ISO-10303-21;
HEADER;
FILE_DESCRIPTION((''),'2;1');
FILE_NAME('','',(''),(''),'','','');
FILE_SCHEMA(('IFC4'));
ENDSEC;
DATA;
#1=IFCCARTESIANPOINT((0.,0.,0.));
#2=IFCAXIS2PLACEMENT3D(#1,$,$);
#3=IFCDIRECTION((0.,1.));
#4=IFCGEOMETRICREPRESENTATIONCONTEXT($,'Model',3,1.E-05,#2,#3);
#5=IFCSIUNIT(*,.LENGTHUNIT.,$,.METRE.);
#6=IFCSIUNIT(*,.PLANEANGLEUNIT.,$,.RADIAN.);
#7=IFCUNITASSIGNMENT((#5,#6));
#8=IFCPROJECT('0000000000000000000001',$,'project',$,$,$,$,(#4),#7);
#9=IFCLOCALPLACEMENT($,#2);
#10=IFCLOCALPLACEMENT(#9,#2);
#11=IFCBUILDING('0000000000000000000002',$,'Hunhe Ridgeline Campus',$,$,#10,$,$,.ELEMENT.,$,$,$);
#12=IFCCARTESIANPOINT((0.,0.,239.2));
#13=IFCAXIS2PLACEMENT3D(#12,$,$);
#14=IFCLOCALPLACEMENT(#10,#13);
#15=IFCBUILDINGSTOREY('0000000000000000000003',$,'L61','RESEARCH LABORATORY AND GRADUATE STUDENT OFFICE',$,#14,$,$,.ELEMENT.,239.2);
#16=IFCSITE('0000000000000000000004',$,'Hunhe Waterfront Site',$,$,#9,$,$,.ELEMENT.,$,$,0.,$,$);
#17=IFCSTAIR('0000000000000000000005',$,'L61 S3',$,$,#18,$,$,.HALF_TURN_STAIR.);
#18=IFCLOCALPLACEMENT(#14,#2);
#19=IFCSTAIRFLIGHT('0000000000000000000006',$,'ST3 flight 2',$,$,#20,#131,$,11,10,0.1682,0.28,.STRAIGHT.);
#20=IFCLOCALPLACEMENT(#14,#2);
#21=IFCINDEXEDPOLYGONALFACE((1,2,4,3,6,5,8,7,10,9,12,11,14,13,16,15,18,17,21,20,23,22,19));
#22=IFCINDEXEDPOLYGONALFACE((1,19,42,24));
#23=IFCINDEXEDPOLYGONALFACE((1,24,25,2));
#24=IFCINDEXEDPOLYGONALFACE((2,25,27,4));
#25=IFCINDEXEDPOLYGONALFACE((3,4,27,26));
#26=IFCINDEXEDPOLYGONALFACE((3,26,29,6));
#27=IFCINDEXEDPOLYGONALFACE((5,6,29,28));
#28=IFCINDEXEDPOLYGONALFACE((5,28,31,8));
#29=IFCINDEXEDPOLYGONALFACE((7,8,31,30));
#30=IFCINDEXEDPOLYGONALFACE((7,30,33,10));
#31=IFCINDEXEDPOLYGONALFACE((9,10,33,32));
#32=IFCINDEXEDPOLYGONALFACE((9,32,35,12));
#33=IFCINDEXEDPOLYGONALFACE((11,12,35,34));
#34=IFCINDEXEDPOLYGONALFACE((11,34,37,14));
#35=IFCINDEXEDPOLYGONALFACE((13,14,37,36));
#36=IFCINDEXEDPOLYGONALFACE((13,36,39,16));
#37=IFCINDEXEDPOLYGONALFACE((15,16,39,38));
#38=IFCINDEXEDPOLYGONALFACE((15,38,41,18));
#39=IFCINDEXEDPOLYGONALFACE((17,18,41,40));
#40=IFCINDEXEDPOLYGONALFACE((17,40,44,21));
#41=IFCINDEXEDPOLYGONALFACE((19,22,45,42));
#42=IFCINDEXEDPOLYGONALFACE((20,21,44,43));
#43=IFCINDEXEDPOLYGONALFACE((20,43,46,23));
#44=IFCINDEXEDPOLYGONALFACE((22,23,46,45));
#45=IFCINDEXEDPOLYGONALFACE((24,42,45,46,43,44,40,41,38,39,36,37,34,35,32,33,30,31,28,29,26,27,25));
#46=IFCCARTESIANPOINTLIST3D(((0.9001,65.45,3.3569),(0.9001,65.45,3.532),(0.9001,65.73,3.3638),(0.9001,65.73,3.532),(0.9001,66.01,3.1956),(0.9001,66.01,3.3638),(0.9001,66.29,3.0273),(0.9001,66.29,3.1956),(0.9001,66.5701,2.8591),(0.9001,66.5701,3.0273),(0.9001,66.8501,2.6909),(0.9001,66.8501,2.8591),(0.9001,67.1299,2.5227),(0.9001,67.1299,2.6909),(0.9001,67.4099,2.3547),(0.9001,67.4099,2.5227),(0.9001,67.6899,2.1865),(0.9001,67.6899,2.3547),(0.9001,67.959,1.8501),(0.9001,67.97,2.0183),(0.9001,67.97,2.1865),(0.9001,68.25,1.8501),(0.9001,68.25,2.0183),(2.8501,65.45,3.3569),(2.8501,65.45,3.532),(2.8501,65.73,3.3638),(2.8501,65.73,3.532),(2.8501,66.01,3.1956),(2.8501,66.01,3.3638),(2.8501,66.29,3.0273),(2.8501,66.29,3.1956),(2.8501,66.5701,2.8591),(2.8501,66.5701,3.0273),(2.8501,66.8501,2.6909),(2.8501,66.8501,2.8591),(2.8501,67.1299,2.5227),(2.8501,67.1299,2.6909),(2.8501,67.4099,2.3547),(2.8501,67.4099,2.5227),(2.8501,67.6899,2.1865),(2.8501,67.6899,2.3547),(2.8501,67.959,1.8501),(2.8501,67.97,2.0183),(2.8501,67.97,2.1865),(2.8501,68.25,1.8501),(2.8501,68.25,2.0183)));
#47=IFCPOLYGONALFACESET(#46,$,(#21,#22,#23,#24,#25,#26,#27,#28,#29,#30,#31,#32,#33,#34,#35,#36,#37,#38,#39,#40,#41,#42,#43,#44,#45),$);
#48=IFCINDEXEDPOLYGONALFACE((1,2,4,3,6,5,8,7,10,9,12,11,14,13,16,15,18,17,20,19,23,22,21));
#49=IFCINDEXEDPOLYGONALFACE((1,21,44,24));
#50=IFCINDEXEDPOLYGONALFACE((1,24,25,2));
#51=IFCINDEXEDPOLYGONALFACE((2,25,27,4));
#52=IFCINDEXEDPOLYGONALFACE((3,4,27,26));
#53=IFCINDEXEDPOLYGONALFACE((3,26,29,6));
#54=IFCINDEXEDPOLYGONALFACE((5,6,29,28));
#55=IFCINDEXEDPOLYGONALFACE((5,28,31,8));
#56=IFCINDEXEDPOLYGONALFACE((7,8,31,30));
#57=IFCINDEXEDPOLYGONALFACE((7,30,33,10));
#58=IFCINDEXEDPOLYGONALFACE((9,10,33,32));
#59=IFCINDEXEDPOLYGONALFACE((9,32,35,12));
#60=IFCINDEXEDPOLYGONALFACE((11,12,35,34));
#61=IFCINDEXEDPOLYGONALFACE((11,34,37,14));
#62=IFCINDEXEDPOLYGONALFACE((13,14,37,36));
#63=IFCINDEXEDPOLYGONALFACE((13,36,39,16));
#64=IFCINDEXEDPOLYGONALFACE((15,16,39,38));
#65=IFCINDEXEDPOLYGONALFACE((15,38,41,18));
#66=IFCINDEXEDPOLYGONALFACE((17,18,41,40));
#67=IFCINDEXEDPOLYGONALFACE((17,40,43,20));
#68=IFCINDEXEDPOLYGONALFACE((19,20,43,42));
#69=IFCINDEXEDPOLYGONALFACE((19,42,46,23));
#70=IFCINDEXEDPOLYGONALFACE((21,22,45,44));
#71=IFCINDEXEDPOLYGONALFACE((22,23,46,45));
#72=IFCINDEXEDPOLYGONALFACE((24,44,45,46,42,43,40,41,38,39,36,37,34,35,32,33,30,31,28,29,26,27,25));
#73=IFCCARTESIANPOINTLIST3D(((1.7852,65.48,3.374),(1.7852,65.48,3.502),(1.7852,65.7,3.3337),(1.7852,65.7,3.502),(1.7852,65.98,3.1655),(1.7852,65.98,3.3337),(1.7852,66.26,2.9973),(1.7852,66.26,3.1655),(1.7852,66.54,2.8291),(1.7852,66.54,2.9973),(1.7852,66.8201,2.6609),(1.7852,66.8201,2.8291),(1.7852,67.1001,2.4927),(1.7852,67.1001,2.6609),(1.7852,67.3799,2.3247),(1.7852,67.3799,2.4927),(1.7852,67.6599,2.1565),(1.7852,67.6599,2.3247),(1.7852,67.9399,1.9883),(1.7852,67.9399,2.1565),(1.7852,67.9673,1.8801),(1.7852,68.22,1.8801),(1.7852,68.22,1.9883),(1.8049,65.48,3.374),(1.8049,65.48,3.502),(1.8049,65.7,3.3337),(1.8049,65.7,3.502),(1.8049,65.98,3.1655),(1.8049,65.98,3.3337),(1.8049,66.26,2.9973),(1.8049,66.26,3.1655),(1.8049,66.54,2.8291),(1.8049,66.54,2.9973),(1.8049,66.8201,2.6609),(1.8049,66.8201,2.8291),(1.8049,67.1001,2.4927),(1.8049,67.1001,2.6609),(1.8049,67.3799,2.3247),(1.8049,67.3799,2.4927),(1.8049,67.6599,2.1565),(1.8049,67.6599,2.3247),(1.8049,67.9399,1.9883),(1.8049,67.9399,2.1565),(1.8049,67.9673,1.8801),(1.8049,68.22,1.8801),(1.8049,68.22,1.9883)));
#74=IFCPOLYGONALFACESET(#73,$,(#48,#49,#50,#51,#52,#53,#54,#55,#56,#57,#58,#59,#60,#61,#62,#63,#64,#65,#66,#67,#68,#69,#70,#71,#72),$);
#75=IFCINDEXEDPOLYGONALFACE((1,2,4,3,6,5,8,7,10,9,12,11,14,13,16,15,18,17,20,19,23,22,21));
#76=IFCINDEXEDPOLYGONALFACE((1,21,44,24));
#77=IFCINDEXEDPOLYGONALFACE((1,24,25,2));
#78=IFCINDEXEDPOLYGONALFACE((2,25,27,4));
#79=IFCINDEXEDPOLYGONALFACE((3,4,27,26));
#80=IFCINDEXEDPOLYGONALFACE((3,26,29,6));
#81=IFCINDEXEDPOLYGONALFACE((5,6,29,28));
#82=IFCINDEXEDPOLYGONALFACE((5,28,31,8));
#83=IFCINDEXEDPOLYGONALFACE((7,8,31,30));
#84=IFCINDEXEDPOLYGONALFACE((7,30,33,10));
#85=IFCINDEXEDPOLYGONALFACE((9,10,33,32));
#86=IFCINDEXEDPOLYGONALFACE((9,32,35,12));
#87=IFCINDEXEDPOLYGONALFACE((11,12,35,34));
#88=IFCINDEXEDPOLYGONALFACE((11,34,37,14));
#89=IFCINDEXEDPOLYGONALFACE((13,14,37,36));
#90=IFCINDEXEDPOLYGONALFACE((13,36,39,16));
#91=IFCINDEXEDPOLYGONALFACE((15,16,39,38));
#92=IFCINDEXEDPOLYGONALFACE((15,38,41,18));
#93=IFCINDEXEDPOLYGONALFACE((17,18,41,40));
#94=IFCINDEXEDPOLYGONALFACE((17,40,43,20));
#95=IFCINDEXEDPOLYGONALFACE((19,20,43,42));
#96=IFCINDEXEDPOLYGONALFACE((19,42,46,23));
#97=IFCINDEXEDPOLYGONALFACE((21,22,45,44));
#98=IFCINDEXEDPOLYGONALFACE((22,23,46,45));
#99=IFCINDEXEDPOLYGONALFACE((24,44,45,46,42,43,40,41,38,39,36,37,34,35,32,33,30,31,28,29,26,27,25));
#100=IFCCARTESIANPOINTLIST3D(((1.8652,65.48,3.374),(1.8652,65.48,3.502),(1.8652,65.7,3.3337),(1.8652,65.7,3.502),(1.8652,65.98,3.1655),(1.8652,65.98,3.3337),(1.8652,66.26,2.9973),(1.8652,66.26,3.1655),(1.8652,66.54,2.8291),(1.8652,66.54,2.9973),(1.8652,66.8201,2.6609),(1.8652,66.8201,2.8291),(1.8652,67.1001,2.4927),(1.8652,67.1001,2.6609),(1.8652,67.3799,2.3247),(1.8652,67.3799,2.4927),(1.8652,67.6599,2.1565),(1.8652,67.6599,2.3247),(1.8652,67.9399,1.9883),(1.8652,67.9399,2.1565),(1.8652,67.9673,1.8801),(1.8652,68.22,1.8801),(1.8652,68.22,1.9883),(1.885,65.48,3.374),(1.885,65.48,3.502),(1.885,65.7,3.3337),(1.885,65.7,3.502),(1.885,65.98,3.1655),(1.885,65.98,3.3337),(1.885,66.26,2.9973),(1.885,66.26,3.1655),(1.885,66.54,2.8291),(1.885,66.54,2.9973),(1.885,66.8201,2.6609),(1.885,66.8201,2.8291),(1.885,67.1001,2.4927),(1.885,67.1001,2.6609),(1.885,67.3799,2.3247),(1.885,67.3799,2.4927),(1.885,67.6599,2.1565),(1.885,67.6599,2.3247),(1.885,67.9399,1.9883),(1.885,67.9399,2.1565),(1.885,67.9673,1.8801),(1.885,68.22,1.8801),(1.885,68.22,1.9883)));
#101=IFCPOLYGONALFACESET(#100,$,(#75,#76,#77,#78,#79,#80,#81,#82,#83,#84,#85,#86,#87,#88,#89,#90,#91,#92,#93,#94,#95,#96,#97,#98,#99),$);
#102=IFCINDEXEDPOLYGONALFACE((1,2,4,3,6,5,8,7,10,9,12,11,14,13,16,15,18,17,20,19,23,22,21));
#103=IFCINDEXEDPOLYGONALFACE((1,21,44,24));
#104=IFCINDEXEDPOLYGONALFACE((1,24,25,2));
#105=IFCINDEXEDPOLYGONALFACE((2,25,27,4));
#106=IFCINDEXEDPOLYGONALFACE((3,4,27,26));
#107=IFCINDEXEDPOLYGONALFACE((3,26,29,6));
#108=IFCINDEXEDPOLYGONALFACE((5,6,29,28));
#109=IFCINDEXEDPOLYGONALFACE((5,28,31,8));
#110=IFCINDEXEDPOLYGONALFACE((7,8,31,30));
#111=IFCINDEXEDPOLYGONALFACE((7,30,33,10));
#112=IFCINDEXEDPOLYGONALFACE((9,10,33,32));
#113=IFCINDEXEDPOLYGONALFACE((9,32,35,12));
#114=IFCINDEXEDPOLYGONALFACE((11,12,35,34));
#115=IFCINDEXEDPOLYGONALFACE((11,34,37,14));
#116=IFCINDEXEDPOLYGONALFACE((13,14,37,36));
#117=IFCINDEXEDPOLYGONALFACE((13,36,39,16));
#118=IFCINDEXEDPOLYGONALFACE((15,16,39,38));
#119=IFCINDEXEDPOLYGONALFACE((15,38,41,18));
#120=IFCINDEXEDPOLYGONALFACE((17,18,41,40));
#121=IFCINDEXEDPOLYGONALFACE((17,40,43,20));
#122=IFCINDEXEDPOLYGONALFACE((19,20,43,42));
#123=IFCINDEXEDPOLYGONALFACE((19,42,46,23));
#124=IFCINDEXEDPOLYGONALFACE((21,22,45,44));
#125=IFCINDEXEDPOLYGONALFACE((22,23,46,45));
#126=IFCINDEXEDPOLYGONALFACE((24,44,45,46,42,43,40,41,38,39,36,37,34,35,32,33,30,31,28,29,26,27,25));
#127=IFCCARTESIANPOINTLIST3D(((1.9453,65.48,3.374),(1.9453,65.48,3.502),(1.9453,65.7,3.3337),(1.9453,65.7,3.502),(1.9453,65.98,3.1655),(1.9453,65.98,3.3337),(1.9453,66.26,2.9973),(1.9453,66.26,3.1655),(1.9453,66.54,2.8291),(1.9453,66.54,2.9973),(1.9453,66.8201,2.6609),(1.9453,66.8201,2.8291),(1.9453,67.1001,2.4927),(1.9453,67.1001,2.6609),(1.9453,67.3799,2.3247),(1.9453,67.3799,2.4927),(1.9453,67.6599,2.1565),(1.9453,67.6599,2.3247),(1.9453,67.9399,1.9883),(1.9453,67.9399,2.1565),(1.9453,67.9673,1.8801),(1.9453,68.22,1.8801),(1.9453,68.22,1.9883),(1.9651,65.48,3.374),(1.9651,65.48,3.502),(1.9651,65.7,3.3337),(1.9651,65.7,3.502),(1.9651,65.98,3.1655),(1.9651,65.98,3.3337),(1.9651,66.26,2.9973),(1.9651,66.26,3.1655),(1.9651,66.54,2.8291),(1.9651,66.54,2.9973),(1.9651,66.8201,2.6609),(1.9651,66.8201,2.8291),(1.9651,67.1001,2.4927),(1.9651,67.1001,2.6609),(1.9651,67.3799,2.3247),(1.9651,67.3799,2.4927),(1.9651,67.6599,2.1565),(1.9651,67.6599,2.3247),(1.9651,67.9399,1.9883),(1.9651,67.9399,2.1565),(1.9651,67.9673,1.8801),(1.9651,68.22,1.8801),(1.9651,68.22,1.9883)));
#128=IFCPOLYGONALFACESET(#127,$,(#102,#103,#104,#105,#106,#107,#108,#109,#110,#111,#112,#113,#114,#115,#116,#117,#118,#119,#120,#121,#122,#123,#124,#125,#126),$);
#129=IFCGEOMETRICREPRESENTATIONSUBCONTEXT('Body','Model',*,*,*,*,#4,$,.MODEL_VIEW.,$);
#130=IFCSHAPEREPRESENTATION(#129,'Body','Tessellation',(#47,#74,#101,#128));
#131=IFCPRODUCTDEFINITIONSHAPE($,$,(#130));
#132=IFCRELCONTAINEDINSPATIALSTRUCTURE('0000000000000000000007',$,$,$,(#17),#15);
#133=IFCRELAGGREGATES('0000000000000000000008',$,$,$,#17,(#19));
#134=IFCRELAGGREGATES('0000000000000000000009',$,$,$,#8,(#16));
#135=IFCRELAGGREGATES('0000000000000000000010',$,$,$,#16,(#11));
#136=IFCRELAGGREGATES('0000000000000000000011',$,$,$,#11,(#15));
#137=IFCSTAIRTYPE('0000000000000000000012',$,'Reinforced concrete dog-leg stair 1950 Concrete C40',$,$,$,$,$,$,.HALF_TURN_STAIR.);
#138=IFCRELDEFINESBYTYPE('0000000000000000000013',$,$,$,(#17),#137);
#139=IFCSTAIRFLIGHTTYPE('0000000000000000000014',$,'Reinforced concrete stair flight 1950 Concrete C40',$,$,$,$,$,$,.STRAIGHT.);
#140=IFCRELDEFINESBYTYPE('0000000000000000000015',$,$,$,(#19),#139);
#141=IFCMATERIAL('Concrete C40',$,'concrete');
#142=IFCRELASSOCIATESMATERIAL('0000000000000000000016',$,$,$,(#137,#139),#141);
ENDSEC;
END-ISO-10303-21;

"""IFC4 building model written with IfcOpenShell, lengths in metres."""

from ifc_helpers import new_model, si_unit, direction, frame, origin, place, context, subcontext, project, spatial, polyline, outline, extrude, material, type_object, element, aggregate, save


model = new_model("IFC4")

# Units and contexts
model_context = context("Model", 3, precision=1e-05, world=origin(), true_north=direction((0.0, 1.0)))
body_context = subcontext(model_context, "Body", "Model", "MODEL_VIEW")
ifc_project = project(units=[si_unit("LENGTHUNIT", "METRE"), si_unit("PLANEANGLEUNIT", "RADIAN")], contexts=[model_context])

# Site, building, storey
site_placement = place(None, origin())
site = spatial("IfcSite", under=ifc_project, at=site_placement, Name="Hunhe Waterfront Site", CompositionType="ELEMENT", RefElevation=0.0)
building_placement = place(site_placement, origin())
building = spatial("IfcBuilding", under=site, at=building_placement, Name="Hunhe Ridgeline Campus", CompositionType="ELEMENT")
storey_placement = place(building_placement, frame((0.0, 0.0, 239.2)))
storey = spatial("IfcBuildingStorey", under=building, at=storey_placement, Name="L61", Description="RESEARCH LABORATORY AND GRADUATE STUDENT OFFICE", CompositionType="ELEMENT", Elevation=239.2)

# Stair, stair flight
ifc_material_1 = material(Name="Concrete C40", Category="concrete")
stair_type = type_object("IfcStairType", Name="Reinforced concrete dog-leg stair 1950 Concrete C40", PredefinedType="HALF_TURN_STAIR", material=ifc_material_1)
stair_1_placement = place(storey_placement, origin())
stair_1 = element("IfcStair", 1, at=stair_1_placement, inside=storey, type_object=stair_type, Name="L61 S3", PredefinedType="HALF_TURN_STAIR")
stair_flight_type = type_object("IfcStairFlightType", Name="Reinforced concrete stair flight 1950 Concrete C40", PredefinedType="STRAIGHT", material=ifc_material_1)
stair_flight_1_placement = place(storey_placement, frame((1.875, 68.25, 1.8501), z_axis=(0.0, 0.0, 1.0), x_axis=(0.0, -1.0, 0.0)))
stair_flight_1 = element("IfcStairFlight", 2, at=stair_flight_1_placement, type_object=stair_flight_type, Name="ST3 flight 2", NumberOfRisers=11, NumberOfTreads=10, PredefinedType="STRAIGHT", RiserHeight=0.1682, TreadLength=0.28, context=body_context, shape_type="SweptSolid", body=[
    extrude(outline(polyline([(0.0, 0.0), (0.0, 0.1682), (0.28, 0.1682), (0.28, 0.3364), (0.5601, 0.3364), (0.5601, 0.5046), (0.8401, 0.5046), (0.8401, 0.6726), (1.1201, 0.6726), (1.1201, 0.8408), (1.3999, 0.8408), (1.3999, 1.009), (1.6799, 1.009), (1.6799, 1.1772), (1.96, 1.1772), (1.96, 1.3455), (2.24, 1.3455), (2.24, 1.5137), (2.52, 1.5137), (2.52, 1.6819), (2.8, 1.6819), (2.8, 1.8501), (2.8, 1.5068), (0.291, 0.0), (0.0, 0.0)])), frame((0.0, 0.9751, 0.0), z_axis=(0.0, -1.0, 0.0), x_axis=(1.0, 0.0, 0.0)), (0.0, 0.0, 1.0), 1.95),
    extrude(outline(polyline([(0.03, 0.03), (0.03, 0.1382), (0.3101, 0.1382), (0.3101, 0.3064), (0.5901, 0.3064), (0.5901, 0.4746), (0.8701, 0.4746), (0.8701, 0.6426), (1.1499, 0.6426), (1.1499, 0.8108), (1.4299, 0.8108), (1.4299, 0.979), (1.71, 0.979), (1.71, 1.1472), (1.99, 1.1472), (1.99, 1.3154), (2.27, 1.3154), (2.27, 1.4836), (2.55, 1.4836), (2.55, 1.6519), (2.77, 1.6519), (2.77, 1.5239), (0.2827, 0.03), (0.03, 0.03)])), frame((0.0, -0.0701, 0.0), z_axis=(0.0, -1.0, 0.0), x_axis=(1.0, 0.0, 0.0)), (0.0, 0.0, 1.0), 0.0198),
    extrude(outline(polyline([(0.03, 0.03), (0.03, 0.1382), (0.3101, 0.1382), (0.3101, 0.3064), (0.5901, 0.3064), (0.5901, 0.4746), (0.8701, 0.4746), (0.8701, 0.6426), (1.1499, 0.6426), (1.1499, 0.8108), (1.4299, 0.8108), (1.4299, 0.979), (1.71, 0.979), (1.71, 1.1472), (1.99, 1.1472), (1.99, 1.3154), (2.27, 1.3154), (2.27, 1.4836), (2.55, 1.4836), (2.55, 1.6519), (2.77, 1.6519), (2.77, 1.5239), (0.2827, 0.03), (0.03, 0.03)])), frame((0.0, 0.01, 0.0), z_axis=(0.0, -1.0, 0.0), x_axis=(1.0, 0.0, 0.0)), (0.0, 0.0, 1.0), 0.0198),
    extrude(outline(polyline([(0.03, 0.03), (0.03, 0.1382), (0.3101, 0.1382), (0.3101, 0.3064), (0.5901, 0.3064), (0.5901, 0.4746), (0.8701, 0.4746), (0.8701, 0.6426), (1.1499, 0.6426), (1.1499, 0.8108), (1.4299, 0.8108), (1.4299, 0.979), (1.71, 0.979), (1.71, 1.1472), (1.99, 1.1472), (1.99, 1.3154), (2.27, 1.3154), (2.27, 1.4836), (2.55, 1.4836), (2.55, 1.6519), (2.77, 1.6519), (2.77, 1.5239), (0.2827, 0.03), (0.03, 0.03)])), frame((0.0, 0.0901, 0.0), z_axis=(0.0, -1.0, 0.0), x_axis=(1.0, 0.0, 0.0)), (0.0, 0.0, 1.0), 0.0198),
])
aggregate(stair_1, [stair_flight_1])

save(model, "model.ifc")
